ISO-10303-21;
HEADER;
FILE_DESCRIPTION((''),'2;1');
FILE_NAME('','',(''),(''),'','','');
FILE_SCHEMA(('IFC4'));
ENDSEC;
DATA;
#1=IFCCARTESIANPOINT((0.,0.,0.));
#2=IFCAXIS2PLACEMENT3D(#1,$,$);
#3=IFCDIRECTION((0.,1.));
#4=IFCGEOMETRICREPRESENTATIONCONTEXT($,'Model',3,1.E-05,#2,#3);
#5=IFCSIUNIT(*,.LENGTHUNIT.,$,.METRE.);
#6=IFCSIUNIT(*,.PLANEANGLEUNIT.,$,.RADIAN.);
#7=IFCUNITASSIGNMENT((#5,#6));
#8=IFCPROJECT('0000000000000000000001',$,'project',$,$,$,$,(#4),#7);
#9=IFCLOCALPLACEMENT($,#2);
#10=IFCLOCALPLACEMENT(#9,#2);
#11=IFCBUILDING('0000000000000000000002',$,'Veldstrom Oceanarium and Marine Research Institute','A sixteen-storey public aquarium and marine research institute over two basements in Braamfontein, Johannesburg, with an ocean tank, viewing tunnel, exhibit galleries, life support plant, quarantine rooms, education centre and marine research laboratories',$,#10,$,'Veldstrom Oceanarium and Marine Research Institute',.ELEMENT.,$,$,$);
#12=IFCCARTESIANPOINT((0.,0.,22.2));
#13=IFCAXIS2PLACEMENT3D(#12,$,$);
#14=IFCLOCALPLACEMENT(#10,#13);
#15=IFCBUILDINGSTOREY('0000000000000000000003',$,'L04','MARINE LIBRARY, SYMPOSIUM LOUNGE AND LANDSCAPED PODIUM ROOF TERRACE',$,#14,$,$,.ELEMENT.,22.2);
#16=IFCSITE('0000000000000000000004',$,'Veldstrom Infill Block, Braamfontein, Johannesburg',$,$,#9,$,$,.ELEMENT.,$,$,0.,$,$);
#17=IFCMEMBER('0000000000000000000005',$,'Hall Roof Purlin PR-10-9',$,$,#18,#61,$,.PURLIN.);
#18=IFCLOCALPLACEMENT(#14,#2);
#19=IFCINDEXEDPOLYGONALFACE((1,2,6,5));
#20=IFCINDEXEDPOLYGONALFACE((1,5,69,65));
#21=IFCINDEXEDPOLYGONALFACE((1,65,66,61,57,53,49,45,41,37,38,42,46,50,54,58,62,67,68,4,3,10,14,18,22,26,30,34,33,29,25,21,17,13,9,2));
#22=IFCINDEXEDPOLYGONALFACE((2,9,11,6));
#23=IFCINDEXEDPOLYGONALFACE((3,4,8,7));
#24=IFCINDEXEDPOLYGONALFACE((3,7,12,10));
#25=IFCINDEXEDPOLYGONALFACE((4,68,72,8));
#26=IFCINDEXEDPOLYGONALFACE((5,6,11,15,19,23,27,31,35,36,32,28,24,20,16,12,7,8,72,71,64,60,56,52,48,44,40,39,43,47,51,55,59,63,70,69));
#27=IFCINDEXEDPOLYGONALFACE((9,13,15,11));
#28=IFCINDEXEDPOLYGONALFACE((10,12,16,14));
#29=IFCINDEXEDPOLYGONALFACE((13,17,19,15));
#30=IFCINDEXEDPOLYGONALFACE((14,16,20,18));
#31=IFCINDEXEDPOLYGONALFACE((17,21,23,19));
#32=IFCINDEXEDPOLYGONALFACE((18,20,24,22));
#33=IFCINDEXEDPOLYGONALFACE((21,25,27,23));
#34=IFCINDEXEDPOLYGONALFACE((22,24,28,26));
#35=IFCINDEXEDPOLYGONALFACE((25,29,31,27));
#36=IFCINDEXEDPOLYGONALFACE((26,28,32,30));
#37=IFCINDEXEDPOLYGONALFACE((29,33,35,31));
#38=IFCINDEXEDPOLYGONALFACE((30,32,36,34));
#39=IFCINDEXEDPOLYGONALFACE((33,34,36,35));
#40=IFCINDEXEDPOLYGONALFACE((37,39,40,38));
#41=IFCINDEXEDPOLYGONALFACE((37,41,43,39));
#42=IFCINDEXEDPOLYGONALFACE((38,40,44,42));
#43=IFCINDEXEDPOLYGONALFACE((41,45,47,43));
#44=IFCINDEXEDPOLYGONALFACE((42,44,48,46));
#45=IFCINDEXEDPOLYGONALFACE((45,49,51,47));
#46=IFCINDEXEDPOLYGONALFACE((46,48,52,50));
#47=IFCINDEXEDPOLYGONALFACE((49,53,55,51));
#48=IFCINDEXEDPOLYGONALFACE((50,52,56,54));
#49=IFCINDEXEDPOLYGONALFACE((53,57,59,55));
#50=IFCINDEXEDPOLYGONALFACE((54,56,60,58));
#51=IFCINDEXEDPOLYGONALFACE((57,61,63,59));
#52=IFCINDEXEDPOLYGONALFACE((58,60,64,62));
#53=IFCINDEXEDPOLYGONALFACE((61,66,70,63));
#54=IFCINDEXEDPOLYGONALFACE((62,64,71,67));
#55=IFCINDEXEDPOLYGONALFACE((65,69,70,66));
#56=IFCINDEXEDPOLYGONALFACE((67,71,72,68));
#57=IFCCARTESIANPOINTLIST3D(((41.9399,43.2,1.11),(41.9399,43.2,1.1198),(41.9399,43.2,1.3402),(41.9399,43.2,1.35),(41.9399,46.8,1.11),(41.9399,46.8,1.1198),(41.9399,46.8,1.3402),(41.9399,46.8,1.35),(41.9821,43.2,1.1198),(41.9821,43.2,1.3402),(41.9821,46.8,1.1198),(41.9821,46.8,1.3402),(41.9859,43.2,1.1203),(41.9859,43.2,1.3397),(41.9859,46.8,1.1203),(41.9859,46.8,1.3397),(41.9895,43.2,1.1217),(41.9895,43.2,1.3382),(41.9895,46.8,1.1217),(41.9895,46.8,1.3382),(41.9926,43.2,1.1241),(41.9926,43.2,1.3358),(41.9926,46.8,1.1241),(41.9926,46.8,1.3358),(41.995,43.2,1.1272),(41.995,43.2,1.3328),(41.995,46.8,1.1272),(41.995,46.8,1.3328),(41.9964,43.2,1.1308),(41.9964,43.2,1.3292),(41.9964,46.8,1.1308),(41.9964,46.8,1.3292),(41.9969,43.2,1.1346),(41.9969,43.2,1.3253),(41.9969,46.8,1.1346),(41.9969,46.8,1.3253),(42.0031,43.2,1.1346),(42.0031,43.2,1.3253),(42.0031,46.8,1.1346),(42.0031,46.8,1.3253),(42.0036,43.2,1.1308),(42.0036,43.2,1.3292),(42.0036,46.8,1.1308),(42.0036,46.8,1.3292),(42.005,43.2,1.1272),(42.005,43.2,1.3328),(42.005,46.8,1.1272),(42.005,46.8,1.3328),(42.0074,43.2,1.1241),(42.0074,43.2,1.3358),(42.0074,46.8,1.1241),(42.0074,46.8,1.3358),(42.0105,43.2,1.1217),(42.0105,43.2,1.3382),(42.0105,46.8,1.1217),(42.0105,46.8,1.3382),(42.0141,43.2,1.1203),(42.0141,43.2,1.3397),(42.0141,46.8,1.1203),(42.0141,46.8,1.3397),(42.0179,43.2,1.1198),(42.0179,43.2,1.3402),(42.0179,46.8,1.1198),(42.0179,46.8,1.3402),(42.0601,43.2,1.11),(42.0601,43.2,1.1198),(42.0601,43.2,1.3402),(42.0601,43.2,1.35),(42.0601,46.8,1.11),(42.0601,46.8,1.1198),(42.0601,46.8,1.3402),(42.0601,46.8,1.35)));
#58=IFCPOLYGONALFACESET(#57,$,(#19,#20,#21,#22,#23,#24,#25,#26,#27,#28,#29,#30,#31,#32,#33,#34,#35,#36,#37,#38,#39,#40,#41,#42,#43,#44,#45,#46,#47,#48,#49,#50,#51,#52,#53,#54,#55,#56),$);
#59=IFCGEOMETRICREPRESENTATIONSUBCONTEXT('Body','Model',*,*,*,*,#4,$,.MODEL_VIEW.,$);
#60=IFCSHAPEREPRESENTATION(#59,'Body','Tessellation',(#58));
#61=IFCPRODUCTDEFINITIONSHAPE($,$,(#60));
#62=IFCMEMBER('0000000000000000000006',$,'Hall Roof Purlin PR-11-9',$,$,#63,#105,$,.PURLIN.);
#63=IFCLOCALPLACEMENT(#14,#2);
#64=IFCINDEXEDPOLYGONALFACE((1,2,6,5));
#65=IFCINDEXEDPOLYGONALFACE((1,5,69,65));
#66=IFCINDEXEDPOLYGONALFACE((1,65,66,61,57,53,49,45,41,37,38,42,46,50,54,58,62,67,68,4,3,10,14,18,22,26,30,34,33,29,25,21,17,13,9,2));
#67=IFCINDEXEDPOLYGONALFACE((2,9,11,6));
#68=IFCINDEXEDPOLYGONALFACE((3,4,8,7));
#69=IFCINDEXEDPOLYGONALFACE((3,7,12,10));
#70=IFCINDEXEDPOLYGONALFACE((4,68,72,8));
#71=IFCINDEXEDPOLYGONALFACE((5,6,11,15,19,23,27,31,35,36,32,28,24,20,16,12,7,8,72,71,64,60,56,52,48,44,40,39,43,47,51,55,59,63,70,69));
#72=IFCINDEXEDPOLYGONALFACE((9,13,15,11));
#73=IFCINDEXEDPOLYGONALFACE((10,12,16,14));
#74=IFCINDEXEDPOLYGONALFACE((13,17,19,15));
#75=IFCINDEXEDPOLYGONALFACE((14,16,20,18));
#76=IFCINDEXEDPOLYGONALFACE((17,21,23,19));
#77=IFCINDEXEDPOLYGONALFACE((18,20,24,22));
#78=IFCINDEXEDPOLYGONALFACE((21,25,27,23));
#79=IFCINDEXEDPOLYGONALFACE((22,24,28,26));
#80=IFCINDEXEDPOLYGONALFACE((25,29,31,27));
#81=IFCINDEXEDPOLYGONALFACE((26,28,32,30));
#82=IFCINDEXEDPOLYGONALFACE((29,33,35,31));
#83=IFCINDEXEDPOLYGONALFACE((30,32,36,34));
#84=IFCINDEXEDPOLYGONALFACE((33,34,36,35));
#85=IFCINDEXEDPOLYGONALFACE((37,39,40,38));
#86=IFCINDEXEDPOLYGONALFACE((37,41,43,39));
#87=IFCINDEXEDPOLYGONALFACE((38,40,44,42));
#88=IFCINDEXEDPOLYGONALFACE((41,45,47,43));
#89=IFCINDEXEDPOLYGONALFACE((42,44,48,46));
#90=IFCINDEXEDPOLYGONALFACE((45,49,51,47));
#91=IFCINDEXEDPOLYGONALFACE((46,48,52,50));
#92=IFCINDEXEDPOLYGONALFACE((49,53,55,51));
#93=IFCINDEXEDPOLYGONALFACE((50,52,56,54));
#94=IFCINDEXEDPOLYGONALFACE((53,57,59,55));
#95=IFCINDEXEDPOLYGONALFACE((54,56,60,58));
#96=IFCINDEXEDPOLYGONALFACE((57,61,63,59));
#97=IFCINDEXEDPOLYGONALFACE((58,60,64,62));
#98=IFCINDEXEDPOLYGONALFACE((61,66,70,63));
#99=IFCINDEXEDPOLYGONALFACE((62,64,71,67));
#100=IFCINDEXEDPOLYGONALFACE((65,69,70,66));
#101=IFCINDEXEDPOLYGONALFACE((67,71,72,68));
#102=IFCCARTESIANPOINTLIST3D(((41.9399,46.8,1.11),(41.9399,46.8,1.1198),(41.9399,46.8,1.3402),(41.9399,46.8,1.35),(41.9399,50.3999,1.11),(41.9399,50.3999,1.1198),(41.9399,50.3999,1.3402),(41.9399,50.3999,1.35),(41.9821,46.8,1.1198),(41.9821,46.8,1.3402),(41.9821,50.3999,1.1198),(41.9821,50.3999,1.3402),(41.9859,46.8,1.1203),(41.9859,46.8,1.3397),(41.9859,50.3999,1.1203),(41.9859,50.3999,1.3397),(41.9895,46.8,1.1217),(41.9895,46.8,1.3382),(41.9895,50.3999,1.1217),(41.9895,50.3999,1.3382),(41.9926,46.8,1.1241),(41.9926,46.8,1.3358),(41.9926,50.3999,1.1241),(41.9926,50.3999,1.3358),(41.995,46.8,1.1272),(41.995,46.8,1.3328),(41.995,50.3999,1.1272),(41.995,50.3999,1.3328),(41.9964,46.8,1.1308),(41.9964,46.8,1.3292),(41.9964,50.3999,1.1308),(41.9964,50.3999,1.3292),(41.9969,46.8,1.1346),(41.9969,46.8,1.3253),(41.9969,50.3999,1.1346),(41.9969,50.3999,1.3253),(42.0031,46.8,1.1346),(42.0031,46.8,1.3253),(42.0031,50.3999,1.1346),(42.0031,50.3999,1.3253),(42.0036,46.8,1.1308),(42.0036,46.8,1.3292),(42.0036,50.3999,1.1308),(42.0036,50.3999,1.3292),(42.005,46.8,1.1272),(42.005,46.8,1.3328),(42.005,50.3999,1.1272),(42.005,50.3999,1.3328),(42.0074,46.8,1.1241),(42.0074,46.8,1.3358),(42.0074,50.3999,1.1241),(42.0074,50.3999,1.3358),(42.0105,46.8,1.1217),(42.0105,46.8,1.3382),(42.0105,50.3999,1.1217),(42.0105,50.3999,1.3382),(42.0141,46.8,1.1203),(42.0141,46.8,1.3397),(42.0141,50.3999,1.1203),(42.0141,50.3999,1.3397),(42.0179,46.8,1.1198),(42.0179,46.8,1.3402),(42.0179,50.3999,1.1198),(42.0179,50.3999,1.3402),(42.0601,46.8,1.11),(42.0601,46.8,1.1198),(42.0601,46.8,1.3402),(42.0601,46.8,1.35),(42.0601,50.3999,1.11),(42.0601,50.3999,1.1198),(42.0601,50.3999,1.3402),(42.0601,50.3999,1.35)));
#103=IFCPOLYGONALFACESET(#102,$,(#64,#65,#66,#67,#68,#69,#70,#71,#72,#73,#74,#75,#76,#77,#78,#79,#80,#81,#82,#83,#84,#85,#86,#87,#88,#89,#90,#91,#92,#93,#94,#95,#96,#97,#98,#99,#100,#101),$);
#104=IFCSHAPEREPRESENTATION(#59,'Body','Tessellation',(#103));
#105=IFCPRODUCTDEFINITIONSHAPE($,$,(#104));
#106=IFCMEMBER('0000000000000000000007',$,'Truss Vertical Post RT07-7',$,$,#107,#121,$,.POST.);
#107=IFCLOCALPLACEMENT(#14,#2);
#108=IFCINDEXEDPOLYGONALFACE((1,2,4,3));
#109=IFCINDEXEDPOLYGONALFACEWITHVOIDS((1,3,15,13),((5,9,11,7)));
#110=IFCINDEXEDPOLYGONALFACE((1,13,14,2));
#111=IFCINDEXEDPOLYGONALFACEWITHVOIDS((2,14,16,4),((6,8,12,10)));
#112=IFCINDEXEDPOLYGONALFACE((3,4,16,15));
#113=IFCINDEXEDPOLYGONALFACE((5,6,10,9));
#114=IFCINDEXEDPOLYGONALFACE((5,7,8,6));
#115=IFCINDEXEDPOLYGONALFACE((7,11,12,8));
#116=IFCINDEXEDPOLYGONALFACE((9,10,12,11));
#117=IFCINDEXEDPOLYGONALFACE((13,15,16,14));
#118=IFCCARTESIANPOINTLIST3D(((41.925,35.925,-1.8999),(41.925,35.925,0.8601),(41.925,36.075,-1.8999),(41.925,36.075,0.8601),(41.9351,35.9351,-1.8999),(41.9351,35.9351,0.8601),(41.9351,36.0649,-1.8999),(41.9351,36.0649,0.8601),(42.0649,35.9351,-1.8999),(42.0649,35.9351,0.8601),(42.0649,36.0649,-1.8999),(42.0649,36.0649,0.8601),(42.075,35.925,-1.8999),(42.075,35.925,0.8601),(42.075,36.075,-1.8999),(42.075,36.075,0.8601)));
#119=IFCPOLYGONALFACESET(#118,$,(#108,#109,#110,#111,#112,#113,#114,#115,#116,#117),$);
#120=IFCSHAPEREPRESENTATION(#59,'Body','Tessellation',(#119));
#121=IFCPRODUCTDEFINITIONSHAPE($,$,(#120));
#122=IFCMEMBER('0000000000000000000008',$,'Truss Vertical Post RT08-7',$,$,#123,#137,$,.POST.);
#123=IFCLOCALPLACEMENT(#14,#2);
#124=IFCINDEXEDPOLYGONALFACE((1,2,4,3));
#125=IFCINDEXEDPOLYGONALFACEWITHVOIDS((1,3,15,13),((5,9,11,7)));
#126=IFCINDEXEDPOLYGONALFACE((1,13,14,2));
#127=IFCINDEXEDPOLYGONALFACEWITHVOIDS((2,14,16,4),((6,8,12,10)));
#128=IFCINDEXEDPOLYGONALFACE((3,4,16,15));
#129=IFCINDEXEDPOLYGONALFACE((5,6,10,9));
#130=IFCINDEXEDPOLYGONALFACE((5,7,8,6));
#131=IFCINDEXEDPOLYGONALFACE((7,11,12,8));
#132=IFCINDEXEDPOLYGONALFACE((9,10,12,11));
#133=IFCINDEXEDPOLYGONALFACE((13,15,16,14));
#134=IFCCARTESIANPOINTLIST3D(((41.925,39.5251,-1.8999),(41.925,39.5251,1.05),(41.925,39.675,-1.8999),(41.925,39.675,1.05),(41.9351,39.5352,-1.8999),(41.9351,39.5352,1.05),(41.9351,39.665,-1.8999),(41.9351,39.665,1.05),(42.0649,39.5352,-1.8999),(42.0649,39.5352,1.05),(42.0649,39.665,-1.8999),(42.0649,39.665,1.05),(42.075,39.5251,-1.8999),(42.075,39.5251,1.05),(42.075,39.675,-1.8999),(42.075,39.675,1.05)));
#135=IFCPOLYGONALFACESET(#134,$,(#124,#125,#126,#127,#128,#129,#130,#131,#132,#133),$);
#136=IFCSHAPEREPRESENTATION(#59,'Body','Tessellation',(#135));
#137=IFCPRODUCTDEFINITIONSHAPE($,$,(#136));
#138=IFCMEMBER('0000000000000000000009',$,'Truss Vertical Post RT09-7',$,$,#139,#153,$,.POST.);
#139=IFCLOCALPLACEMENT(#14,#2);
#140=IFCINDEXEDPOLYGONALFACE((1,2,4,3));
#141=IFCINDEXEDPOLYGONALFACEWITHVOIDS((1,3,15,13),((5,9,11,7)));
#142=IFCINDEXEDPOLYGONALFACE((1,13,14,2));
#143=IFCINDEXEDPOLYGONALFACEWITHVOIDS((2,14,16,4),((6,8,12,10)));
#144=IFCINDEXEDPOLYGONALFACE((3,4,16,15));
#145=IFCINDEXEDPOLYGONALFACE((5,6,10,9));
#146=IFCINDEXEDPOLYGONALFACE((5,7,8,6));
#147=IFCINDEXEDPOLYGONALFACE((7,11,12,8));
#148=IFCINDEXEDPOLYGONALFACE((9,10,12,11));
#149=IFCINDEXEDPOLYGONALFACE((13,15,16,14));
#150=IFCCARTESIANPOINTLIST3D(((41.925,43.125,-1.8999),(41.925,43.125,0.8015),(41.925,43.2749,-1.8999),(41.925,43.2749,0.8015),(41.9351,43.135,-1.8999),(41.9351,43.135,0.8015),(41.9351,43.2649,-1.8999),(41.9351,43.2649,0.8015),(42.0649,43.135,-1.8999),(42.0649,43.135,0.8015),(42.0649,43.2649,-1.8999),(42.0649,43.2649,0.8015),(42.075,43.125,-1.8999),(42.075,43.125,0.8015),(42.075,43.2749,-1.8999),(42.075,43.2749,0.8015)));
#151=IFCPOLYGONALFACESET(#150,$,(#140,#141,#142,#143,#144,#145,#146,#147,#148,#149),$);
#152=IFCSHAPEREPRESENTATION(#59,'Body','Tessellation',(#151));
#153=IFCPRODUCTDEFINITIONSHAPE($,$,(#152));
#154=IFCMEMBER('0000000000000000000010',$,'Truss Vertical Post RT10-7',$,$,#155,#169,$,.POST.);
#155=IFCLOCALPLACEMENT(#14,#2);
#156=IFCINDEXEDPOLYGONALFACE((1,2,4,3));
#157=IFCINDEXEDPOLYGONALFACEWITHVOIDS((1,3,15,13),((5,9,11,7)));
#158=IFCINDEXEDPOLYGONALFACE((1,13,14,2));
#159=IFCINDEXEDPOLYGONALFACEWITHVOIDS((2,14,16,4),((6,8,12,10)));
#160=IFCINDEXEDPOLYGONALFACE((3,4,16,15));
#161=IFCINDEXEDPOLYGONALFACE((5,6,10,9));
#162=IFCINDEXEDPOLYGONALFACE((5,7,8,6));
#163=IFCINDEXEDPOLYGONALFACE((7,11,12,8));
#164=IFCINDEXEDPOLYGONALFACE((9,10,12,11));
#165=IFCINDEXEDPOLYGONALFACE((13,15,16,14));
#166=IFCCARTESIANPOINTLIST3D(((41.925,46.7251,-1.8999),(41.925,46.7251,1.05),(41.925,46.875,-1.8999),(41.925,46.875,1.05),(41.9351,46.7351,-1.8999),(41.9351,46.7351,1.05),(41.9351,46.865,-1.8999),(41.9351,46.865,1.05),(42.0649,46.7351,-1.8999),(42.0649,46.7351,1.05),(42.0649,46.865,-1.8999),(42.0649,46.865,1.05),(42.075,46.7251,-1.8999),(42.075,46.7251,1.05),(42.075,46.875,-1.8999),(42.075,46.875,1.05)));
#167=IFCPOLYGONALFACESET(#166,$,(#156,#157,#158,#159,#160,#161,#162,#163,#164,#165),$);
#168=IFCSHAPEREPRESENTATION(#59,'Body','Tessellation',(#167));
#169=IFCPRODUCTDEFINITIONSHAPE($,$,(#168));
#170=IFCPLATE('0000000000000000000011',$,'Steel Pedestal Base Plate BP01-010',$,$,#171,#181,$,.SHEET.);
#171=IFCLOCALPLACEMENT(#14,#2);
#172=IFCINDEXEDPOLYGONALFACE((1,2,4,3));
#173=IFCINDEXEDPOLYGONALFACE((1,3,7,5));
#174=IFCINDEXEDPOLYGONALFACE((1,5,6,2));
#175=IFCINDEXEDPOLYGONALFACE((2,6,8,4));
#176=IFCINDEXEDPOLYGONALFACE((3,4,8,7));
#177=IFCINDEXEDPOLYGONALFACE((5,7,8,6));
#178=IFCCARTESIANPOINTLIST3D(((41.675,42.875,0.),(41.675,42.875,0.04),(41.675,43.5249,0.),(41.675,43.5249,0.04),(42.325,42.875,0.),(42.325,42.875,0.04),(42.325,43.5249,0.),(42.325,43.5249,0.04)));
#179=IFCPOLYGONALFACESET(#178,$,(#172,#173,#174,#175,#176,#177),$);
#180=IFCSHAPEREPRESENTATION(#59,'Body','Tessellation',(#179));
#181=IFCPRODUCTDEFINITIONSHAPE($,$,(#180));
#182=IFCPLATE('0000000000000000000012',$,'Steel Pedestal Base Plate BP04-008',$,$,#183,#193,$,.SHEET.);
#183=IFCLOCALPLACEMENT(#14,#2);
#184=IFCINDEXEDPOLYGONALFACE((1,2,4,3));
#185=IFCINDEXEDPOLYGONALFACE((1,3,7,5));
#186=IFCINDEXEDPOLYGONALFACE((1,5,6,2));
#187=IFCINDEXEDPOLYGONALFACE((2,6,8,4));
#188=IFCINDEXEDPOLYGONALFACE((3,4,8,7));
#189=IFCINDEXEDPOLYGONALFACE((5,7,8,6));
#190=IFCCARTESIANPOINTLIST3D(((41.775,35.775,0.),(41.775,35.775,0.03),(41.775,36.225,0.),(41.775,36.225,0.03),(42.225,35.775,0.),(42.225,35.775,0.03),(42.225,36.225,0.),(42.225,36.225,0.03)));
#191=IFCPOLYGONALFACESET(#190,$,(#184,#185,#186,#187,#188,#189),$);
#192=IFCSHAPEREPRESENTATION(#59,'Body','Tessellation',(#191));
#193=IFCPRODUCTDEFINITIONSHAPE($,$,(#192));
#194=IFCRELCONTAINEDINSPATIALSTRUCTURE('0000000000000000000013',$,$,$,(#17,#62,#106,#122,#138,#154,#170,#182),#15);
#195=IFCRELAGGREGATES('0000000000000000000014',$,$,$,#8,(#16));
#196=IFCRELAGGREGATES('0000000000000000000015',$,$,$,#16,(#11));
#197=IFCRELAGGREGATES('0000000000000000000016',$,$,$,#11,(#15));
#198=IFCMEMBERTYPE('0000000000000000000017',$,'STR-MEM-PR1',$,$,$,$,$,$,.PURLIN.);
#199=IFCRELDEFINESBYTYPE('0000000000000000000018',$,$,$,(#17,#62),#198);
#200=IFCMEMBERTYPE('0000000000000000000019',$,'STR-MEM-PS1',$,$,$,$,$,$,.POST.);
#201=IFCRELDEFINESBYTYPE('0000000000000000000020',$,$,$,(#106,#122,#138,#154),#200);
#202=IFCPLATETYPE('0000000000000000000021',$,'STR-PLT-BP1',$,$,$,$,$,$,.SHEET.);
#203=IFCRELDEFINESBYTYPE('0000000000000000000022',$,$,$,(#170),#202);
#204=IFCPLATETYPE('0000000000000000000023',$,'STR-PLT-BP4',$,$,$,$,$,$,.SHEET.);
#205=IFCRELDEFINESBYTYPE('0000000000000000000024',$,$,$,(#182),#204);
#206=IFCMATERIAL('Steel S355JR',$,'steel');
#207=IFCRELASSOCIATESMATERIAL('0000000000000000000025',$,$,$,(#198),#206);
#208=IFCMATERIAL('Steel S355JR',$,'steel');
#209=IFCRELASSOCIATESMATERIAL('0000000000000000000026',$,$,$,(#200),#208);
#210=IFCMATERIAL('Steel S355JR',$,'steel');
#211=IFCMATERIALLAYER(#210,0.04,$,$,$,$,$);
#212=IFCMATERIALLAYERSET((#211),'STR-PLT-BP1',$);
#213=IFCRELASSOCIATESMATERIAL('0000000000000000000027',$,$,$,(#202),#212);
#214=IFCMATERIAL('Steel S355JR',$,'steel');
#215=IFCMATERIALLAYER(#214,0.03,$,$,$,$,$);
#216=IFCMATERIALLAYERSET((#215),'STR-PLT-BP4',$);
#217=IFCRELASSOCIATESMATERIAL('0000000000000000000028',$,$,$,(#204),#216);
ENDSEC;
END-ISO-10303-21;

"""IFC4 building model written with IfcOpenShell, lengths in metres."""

from ifc_helpers import new_model, si_unit, direction, frame, origin, origin_2d, place, context, subcontext, project, spatial, rectangle, hollow_rectangle, i_section, extrude, material, layer, layer_set, material_profile, profile_set, type_object, element, save


model = new_model("IFC4")

# Units and contexts
model_context = context("Model", 3, precision=1e-05, world=origin(), true_north=direction((0.0, 1.0)))
body_context = subcontext(model_context, "Body", "Model", "MODEL_VIEW")
ifc_project = project(units=[si_unit("LENGTHUNIT", "METRE"), si_unit("PLANEANGLEUNIT", "RADIAN")], contexts=[model_context])

# Site, building, storey
site_placement = place(None, origin())
site = spatial("IfcSite", under=ifc_project, at=site_placement, Name="Veldstrom Infill Block, Braamfontein, Johannesburg", CompositionType="ELEMENT", RefElevation=0.0)
building_placement = place(site_placement, origin())
building = spatial("IfcBuilding", under=site, at=building_placement, Name="Veldstrom Oceanarium and Marine Research Institute", Description="A sixteen-storey public aquarium and marine research institute over two basements in Braamfontein, Johannesburg, with an ocean tank, viewing tunnel, exhibit galleries, life support plant, quarantine rooms, education centre and marine research laboratories", LongName="Veldstrom Oceanarium and Marine Research Institute", CompositionType="ELEMENT")
storey_placement = place(building_placement, frame((0.0, 0.0, 22.2)))
storey = spatial("IfcBuildingStorey", under=building, at=storey_placement, Name="L04", Description="MARINE LIBRARY, SYMPOSIUM LOUNGE AND LANDSCAPED PODIUM ROOF TERRACE", CompositionType="ELEMENT", Elevation=22.2)

# Members
ifc_material_1 = material(Name="Steel S355JR", Category="steel")
ifc_material_profile_1 = material_profile(ifc_material_1, i_section(OverallWidth=0.1201, OverallDepth=0.24, WebThickness=0.0061, FlangeThickness=0.0098, FilletRadius=0.0149, at=origin_2d()), Name="IPE 240")
ifc_profile_set_1 = profile_set([ifc_material_profile_1], Name="Steel S355JR")
member_type_1 = type_object("IfcMemberType", Name="STR-MEM-PR1", PredefinedType="PURLIN", material=ifc_profile_set_1)
member_1_placement = place(storey_placement, frame((42.0, 43.2, 1.23), z_axis=(0.0, 1.0, 0.0), x_axis=(-1.0, 0.0, 0.0)))
element("IfcMember", 1, at=member_1_placement, inside=storey, type_object=member_type_1, Name="Hall Roof Purlin PR-10-9", PredefinedType="PURLIN", context=body_context, shape_type="SweptSolid", body=[
    extrude(i_section(OverallWidth=0.1201, OverallDepth=0.24, WebThickness=0.0061, FlangeThickness=0.0098, FilletRadius=0.0149, at=origin_2d()), origin(), (0.0, 0.0, 1.0), 3.6001),
])
member_2_placement = place(storey_placement, frame((42.0, 46.8, 1.23), z_axis=(0.0, 1.0, 0.0), x_axis=(-1.0, 0.0, 0.0)))
element("IfcMember", 2, at=member_2_placement, inside=storey, type_object=member_type_1, Name="Hall Roof Purlin PR-11-9", PredefinedType="PURLIN", context=body_context, shape_type="SweptSolid", body=[
    extrude(i_section(OverallWidth=0.1201, OverallDepth=0.24, WebThickness=0.0061, FlangeThickness=0.0098, FilletRadius=0.0149, at=origin_2d()), origin(), (0.0, 0.0, 1.0), 3.5999),
])
ifc_material_2 = material(Name="Steel S355JR", Category="steel")
ifc_material_profile_2 = material_profile(ifc_material_2, hollow_rectangle(XDim=0.1499, YDim=0.1499, WallThickness=0.01, at=origin_2d()), Name="SHS 150x150x10")
ifc_profile_set_2 = profile_set([ifc_material_profile_2], Name="Steel S355JR")
member_type_2 = type_object("IfcMemberType", Name="STR-MEM-PS1", PredefinedType="POST", material=ifc_profile_set_2)
member_3_placement = place(storey_placement, frame((42.0, 36.0, -1.8999), z_axis=(0.0, 0.0, 1.0), x_axis=(1.0, 0.0, 0.0)))
element("IfcMember", 3, at=member_3_placement, inside=storey, type_object=member_type_2, Name="Truss Vertical Post RT07-7", PredefinedType="POST", context=body_context, shape_type="SweptSolid", body=[
    extrude(hollow_rectangle(XDim=0.1499, YDim=0.1499, WallThickness=0.01, at=origin_2d()), origin(), (0.0, 0.0, 1.0), 2.76),
])
member_4_placement = place(storey_placement, frame((42.0, 39.6001, -1.8999), z_axis=(0.0, 0.0, 1.0), x_axis=(1.0, 0.0, 0.0)))
element("IfcMember", 4, at=member_4_placement, inside=storey, type_object=member_type_2, Name="Truss Vertical Post RT08-7", PredefinedType="POST", context=body_context, shape_type="SweptSolid", body=[
    extrude(hollow_rectangle(XDim=0.1499, YDim=0.1499, WallThickness=0.01, at=origin_2d()), origin(), (0.0, 0.0, 1.0), 2.95),
])
member_5_placement = place(storey_placement, frame((42.0, 43.2, -1.8999), z_axis=(0.0, 0.0, 1.0), x_axis=(1.0, 0.0, 0.0)))
element("IfcMember", 5, at=member_5_placement, inside=storey, type_object=member_type_2, Name="Truss Vertical Post RT09-7", PredefinedType="POST", context=body_context, shape_type="SweptSolid", body=[
    extrude(hollow_rectangle(XDim=0.1499, YDim=0.1499, WallThickness=0.01, at=origin_2d()), origin(), (0.0, 0.0, 1.0), 2.7014),
])
member_6_placement = place(storey_placement, frame((42.0, 46.8, -1.8999), z_axis=(0.0, 0.0, 1.0), x_axis=(1.0, 0.0, 0.0)))
element("IfcMember", 6, at=member_6_placement, inside=storey, type_object=member_type_2, Name="Truss Vertical Post RT10-7", PredefinedType="POST", context=body_context, shape_type="SweptSolid", body=[
    extrude(hollow_rectangle(XDim=0.1499, YDim=0.1499, WallThickness=0.01, at=origin_2d()), origin(), (0.0, 0.0, 1.0), 2.95),
])

# Plates
ifc_material_3 = material(Name="Steel S355JR", Category="steel")
ifc_layer_1 = layer(ifc_material_3, 0.04)
ifc_layer_set_1 = layer_set([ifc_layer_1], Name="STR-PLT-BP1")
plate_type_1 = type_object("IfcPlateType", Name="STR-PLT-BP1", PredefinedType="SHEET", material=ifc_layer_set_1)
plate_1_placement = place(storey_placement, frame((42.0, 43.2, 0.0), z_axis=(0.0, 0.0, 1.0), x_axis=(1.0, 0.0, 0.0)))
element("IfcPlate", 7, at=plate_1_placement, inside=storey, type_object=plate_type_1, Name="Steel Pedestal Base Plate BP01-010", PredefinedType="SHEET", context=body_context, shape_type="SweptSolid", body=[
    extrude(rectangle(XDim=0.6499, YDim=0.6499, at=origin_2d()), origin(), (0.0, 0.0, 1.0), 0.04),
])
ifc_material_4 = material(Name="Steel S355JR", Category="steel")
ifc_layer_2 = layer(ifc_material_4, 0.03)
ifc_layer_set_2 = layer_set([ifc_layer_2], Name="STR-PLT-BP4")
plate_type_2 = type_object("IfcPlateType", Name="STR-PLT-BP4", PredefinedType="SHEET", material=ifc_layer_set_2)
plate_2_placement = place(storey_placement, frame((42.0, 36.0, 0.0), z_axis=(0.0, 0.0, 1.0), x_axis=(1.0, 0.0, 0.0)))
element("IfcPlate", 8, at=plate_2_placement, inside=storey, type_object=plate_type_2, Name="Steel Pedestal Base Plate BP04-008", PredefinedType="SHEET", context=body_context, shape_type="SweptSolid", body=[
    extrude(rectangle(XDim=0.45, YDim=0.45, at=origin_2d()), origin(), (0.0, 0.0, 1.0), 0.03),
])

save(model, "model.ifc")
